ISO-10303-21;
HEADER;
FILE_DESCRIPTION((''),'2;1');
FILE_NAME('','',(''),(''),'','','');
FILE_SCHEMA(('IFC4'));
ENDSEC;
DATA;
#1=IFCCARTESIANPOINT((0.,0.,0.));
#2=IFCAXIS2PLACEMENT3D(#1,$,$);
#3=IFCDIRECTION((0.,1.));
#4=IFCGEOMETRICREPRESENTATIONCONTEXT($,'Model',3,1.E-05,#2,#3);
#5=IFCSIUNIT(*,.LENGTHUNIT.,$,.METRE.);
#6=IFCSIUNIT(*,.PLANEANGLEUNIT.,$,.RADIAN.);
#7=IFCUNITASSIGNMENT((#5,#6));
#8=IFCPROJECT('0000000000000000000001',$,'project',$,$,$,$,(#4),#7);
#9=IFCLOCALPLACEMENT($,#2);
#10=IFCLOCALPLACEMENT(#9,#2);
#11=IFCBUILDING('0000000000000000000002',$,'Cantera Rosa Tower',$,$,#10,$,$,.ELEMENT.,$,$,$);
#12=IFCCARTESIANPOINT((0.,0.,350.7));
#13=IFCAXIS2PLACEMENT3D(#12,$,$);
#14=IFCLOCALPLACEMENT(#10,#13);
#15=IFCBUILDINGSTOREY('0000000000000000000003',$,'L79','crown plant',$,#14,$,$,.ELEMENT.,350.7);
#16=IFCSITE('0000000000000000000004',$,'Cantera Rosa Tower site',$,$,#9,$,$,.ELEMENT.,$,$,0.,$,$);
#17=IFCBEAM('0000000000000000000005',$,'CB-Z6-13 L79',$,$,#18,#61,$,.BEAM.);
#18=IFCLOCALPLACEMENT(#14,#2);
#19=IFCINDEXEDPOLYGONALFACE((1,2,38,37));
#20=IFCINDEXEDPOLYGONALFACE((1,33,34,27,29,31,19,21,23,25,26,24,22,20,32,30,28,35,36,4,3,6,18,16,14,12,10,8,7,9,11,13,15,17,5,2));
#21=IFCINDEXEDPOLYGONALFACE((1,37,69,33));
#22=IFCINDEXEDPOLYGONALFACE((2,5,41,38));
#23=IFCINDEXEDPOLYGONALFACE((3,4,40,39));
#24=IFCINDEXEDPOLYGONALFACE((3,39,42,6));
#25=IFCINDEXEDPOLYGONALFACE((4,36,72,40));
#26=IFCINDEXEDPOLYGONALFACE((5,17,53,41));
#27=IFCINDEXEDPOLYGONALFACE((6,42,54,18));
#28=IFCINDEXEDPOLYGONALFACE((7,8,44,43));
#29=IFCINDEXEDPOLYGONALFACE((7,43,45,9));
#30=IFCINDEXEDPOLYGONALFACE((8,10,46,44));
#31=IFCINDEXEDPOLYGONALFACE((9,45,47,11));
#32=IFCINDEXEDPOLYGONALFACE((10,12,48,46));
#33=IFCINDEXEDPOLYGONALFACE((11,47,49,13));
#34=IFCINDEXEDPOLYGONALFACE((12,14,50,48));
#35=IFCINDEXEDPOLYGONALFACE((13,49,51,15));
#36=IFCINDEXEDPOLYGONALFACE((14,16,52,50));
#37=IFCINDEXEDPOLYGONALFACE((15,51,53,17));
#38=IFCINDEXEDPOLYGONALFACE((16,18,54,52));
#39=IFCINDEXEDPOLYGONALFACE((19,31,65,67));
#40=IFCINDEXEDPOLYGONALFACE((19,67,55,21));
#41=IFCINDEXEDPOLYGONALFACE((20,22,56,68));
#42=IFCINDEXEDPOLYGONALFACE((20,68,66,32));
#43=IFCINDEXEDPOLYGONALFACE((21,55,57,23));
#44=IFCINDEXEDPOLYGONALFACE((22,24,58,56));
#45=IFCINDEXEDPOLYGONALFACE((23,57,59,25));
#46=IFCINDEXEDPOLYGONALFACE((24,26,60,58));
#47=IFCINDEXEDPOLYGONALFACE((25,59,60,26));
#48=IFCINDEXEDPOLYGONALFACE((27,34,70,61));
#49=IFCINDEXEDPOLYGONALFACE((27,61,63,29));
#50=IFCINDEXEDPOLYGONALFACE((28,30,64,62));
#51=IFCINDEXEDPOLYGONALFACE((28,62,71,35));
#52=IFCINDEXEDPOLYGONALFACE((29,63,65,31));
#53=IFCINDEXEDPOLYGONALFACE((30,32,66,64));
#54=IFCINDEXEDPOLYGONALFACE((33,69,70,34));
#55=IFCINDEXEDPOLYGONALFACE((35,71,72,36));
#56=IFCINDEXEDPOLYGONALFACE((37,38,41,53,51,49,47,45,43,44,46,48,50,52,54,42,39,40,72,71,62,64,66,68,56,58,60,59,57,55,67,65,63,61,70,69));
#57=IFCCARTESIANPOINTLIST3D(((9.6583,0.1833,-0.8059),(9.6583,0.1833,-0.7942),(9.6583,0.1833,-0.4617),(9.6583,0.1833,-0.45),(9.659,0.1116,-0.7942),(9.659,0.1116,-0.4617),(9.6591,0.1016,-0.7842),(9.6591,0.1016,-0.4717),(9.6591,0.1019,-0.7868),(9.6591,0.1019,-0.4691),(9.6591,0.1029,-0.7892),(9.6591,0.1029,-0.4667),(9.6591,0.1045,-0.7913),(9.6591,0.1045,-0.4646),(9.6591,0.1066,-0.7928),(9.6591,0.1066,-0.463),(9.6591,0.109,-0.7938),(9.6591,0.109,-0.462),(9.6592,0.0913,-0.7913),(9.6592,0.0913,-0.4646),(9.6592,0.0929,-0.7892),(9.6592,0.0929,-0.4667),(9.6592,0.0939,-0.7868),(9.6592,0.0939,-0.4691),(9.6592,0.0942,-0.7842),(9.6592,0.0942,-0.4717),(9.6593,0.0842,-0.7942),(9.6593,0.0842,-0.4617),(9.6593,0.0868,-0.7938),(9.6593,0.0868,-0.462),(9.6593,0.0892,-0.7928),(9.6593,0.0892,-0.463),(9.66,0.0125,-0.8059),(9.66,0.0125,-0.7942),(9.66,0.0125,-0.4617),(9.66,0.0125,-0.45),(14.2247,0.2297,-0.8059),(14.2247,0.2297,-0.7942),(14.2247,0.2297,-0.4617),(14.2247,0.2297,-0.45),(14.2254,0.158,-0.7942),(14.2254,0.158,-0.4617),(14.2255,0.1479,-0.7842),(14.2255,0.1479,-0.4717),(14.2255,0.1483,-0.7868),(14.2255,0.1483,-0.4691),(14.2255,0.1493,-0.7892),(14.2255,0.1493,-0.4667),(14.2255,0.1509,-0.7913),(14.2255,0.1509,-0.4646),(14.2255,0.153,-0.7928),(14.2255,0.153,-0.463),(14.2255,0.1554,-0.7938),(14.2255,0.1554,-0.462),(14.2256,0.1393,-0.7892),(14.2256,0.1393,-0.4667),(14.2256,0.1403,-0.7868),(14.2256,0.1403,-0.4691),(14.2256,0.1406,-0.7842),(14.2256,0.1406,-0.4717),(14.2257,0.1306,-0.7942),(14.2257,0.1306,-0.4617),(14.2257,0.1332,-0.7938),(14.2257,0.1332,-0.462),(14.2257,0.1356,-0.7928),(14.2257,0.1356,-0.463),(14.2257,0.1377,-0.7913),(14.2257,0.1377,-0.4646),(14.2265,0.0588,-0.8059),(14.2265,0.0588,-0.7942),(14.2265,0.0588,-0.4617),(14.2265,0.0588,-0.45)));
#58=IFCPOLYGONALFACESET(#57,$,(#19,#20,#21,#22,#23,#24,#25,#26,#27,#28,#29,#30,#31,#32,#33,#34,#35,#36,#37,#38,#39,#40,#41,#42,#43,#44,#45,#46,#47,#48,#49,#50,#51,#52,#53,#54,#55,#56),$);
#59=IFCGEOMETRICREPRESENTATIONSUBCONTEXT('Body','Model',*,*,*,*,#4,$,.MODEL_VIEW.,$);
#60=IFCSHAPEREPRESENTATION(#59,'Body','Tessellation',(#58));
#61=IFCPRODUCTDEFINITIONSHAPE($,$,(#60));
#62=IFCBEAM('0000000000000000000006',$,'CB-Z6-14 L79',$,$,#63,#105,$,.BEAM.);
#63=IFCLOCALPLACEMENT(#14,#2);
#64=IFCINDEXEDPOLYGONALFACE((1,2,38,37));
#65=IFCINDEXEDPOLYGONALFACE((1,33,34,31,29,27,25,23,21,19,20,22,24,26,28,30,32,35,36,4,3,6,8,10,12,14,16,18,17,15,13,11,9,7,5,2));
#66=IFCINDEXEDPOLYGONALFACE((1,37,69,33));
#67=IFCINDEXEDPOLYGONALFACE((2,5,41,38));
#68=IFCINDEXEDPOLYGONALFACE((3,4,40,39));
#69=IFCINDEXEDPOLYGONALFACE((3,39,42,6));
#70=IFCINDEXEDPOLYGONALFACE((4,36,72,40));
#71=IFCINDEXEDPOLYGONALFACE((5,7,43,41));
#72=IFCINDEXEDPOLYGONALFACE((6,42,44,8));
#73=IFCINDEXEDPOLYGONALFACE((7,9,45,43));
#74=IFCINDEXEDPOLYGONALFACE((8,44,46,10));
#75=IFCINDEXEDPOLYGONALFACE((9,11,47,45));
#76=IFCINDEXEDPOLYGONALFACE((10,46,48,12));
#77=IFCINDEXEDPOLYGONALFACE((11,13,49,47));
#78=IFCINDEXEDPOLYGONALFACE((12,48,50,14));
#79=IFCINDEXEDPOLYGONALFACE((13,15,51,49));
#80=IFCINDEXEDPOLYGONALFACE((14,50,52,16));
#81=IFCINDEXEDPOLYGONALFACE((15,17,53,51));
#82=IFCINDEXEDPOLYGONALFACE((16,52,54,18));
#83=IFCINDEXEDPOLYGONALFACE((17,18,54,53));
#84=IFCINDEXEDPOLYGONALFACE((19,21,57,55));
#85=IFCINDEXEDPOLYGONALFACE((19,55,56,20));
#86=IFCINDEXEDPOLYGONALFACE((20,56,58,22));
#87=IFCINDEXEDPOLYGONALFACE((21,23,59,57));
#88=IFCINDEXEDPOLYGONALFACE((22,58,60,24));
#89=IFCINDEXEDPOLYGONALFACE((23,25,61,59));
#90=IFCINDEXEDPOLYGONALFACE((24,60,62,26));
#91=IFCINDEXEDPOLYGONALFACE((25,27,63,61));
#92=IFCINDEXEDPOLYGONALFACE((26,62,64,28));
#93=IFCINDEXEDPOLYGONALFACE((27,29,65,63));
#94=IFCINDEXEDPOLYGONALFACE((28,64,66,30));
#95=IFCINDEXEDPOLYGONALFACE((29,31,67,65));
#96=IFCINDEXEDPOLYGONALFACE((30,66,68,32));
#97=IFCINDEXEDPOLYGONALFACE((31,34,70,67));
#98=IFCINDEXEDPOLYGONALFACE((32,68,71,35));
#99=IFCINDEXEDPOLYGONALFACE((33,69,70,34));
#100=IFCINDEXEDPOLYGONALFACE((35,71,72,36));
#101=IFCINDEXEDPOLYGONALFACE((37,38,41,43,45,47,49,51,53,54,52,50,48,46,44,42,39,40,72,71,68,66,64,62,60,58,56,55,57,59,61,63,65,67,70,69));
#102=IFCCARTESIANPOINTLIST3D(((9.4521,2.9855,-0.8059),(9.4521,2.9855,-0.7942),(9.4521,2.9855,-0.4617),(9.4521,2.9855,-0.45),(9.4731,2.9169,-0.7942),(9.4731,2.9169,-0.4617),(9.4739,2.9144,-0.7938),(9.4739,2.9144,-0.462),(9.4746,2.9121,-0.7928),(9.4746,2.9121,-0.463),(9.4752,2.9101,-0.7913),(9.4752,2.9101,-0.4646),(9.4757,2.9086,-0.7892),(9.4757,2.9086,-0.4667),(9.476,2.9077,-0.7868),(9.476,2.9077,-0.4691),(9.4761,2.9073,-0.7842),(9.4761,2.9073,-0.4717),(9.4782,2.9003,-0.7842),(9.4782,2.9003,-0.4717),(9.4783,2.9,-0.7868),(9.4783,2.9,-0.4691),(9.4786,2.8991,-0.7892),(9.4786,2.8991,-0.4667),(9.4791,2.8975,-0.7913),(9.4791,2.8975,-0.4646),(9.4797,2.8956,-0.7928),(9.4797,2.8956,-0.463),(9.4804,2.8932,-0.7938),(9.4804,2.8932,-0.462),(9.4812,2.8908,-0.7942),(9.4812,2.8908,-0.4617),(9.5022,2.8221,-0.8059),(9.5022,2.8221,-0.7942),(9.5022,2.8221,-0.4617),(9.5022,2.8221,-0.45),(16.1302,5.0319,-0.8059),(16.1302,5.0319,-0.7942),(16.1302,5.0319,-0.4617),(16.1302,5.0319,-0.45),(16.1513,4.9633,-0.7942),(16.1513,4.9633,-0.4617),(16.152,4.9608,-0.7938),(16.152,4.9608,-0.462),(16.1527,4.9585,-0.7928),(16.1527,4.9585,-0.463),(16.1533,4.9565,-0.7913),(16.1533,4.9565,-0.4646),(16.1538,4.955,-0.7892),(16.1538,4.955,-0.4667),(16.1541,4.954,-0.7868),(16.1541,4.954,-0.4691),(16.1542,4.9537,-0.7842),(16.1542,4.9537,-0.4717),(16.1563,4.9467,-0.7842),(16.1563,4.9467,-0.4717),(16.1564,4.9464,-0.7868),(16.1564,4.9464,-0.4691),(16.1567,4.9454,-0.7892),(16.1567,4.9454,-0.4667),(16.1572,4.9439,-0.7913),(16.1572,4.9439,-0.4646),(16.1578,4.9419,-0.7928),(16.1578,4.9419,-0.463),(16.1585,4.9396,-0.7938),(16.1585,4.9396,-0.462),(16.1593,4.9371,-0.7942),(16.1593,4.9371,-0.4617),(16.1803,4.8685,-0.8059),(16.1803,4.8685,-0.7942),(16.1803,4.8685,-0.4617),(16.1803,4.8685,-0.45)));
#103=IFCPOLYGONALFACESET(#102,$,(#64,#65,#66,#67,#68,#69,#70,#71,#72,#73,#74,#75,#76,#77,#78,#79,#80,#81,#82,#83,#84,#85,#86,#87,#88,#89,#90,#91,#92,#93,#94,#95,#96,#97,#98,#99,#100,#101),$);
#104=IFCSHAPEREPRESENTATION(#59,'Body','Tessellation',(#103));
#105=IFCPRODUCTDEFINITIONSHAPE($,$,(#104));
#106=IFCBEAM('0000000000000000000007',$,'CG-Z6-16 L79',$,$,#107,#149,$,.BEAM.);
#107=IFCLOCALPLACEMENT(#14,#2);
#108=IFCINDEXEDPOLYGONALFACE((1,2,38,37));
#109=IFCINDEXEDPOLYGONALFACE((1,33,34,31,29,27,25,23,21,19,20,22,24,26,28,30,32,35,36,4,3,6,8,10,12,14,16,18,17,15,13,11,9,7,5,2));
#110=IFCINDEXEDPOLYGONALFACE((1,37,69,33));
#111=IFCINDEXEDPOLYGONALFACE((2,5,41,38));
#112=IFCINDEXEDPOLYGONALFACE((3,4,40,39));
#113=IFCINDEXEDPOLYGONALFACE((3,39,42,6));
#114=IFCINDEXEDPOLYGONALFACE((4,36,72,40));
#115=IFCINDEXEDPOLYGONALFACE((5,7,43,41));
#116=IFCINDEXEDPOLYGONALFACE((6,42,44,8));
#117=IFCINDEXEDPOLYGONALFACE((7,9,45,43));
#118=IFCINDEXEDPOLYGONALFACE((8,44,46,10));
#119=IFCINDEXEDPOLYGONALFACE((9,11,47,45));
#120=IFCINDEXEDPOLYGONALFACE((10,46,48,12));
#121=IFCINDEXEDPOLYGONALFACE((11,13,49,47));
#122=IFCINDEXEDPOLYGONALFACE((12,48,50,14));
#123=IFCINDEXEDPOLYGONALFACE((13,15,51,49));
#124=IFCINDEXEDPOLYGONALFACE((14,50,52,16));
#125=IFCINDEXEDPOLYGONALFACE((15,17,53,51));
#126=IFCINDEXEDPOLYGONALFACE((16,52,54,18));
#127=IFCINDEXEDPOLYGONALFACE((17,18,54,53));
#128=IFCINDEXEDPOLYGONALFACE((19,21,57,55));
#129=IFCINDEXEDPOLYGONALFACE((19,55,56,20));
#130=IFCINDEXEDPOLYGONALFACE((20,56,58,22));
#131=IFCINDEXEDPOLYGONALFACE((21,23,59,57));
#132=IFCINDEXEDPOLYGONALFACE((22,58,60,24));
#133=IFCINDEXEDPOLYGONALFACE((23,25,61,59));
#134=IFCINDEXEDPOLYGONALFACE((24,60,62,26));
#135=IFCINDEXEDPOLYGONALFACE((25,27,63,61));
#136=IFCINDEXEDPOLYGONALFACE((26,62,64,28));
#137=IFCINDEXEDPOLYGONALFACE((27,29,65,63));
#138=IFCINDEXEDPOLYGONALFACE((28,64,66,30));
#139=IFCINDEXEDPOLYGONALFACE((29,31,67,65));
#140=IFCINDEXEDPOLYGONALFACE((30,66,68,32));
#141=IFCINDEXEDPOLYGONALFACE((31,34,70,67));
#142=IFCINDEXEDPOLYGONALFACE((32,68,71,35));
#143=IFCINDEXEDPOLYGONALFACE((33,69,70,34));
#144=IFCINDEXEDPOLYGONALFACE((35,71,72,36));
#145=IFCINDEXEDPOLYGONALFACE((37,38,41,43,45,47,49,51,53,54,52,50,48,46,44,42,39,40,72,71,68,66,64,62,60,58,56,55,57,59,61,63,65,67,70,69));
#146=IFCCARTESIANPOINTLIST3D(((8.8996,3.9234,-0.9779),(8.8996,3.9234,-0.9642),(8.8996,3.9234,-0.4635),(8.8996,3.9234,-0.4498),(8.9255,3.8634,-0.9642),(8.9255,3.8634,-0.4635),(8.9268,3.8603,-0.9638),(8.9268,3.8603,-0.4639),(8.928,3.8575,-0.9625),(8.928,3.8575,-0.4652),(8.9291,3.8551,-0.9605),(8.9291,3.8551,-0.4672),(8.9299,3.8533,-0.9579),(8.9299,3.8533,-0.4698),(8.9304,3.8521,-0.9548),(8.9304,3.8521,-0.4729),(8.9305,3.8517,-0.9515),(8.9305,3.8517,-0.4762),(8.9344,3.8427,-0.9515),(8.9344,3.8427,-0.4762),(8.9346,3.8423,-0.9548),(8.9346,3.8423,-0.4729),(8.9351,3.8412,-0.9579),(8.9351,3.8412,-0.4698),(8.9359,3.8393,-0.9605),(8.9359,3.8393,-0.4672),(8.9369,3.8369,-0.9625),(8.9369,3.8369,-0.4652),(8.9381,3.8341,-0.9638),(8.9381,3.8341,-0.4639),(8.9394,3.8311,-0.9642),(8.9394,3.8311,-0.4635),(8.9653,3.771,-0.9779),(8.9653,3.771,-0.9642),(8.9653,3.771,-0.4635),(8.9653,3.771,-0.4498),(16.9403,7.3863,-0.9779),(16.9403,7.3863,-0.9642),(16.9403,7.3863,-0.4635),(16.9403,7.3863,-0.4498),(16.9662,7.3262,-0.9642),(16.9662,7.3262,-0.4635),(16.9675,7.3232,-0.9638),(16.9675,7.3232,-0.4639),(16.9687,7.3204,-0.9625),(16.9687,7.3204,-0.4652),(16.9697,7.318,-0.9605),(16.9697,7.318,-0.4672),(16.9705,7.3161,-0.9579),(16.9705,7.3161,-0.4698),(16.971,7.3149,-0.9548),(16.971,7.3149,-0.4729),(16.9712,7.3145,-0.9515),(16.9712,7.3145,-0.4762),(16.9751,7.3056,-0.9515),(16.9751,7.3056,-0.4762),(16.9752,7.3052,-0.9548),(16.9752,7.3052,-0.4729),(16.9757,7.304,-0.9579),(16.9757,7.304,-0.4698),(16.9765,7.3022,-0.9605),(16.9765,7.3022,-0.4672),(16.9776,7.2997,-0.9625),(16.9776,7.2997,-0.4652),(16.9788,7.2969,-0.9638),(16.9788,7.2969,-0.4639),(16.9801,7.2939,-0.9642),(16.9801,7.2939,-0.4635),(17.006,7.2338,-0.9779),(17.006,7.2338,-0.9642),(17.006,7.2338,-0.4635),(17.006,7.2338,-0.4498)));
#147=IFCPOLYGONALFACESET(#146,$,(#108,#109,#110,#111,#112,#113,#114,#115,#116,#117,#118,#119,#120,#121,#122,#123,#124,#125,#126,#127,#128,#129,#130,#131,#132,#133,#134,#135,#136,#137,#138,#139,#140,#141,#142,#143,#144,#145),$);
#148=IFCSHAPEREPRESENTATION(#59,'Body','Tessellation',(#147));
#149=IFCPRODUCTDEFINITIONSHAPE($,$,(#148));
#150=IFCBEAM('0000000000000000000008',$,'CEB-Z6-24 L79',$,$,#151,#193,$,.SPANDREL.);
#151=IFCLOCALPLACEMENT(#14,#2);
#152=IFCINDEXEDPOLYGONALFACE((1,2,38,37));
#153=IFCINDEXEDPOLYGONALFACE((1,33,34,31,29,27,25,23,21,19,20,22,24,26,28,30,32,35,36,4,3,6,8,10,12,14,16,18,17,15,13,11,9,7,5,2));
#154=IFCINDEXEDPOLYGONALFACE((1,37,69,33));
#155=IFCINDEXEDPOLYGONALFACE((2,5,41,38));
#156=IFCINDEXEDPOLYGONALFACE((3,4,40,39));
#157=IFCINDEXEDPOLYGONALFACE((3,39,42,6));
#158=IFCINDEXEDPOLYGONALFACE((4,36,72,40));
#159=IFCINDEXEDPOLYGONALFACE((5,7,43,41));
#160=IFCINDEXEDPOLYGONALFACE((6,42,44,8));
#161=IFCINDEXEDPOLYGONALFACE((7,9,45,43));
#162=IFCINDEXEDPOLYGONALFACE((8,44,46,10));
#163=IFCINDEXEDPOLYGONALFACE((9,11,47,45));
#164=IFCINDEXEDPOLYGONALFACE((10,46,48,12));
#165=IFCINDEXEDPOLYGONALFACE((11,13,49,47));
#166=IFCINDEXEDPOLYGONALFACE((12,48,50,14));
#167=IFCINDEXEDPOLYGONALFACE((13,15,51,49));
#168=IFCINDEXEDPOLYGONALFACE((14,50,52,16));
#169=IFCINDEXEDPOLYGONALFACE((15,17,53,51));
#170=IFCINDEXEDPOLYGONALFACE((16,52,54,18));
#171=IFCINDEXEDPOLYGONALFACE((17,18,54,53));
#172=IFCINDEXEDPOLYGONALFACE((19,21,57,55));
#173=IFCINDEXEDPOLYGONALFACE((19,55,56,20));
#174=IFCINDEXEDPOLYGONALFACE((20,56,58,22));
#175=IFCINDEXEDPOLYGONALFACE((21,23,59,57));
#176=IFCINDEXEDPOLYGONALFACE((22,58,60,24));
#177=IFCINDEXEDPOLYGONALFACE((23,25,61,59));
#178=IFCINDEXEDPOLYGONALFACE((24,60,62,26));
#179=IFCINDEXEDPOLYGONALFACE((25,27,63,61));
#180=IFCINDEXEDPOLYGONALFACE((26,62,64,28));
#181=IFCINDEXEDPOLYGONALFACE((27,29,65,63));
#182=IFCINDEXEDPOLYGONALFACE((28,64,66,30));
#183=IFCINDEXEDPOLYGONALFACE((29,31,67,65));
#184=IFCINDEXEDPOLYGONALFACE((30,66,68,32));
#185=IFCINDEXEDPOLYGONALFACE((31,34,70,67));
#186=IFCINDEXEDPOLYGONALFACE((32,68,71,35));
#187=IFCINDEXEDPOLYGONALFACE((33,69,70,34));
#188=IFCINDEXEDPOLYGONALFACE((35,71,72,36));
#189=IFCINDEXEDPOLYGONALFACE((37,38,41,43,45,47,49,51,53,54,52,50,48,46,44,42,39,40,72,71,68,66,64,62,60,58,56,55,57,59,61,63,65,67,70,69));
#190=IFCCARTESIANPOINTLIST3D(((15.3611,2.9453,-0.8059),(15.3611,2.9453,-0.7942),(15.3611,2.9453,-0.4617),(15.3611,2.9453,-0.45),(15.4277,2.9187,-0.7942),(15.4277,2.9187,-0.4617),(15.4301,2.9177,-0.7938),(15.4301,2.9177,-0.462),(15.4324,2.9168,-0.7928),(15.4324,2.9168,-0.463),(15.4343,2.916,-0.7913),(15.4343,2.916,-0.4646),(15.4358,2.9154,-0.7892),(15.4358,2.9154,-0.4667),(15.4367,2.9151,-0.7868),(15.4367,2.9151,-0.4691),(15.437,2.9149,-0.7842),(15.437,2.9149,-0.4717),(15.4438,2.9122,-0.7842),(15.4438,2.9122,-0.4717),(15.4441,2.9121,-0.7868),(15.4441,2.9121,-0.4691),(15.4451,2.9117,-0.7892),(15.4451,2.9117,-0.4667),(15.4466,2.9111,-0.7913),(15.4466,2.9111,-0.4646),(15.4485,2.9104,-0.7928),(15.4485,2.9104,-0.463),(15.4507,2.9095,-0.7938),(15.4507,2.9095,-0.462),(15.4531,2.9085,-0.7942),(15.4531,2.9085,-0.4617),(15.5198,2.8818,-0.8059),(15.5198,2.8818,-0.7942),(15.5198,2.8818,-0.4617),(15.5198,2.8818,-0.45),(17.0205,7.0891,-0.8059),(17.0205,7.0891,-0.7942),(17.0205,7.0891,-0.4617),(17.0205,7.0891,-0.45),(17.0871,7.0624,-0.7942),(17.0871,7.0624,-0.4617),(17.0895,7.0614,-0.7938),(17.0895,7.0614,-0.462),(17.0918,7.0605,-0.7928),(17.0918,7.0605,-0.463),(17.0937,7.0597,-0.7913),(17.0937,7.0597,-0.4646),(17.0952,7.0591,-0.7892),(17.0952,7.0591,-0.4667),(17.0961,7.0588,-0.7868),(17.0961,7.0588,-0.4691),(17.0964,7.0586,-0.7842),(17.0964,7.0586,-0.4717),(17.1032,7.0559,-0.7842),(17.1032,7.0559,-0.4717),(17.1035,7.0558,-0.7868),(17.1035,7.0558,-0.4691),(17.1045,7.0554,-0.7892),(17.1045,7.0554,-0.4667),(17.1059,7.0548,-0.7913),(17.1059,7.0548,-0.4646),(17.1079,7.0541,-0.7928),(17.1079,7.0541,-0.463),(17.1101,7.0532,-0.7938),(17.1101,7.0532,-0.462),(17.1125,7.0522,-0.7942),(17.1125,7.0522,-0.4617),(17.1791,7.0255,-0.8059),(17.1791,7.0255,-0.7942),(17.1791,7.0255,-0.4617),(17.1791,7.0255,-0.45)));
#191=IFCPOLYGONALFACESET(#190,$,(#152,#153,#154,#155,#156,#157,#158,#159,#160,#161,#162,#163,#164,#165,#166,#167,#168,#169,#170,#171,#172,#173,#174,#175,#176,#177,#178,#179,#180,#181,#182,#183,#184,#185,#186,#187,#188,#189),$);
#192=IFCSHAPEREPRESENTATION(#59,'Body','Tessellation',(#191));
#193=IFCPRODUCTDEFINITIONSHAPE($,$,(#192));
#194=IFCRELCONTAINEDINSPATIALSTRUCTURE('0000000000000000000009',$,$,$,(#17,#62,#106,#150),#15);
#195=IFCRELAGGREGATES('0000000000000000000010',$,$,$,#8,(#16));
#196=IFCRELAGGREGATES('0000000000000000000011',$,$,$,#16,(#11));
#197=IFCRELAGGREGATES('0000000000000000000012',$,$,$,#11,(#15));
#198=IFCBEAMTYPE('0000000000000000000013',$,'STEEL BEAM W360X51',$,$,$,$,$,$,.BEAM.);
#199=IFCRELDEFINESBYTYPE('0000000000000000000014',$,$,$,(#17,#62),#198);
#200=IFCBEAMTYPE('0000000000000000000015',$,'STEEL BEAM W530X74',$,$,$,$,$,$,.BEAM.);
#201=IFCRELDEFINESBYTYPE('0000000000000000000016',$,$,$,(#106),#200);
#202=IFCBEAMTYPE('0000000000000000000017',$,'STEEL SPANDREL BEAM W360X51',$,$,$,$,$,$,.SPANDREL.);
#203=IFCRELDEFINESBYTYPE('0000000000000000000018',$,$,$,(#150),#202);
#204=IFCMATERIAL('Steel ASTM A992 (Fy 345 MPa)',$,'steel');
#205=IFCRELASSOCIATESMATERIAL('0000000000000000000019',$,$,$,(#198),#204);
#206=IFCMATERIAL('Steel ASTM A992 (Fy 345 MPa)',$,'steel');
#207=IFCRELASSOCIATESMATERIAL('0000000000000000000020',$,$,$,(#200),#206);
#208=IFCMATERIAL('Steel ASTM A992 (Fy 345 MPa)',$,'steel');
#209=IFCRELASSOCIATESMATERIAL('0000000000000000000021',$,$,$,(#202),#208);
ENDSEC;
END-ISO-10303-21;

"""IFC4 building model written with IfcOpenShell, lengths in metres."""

from ifc_helpers import new_model, si_unit, direction, frame, origin, origin_2d, place, context, subcontext, project, spatial, i_section, extrude, material, material_profile, profile_set, type_object, element, save


model = new_model("IFC4")

# Units and contexts
model_context = context("Model", 3, precision=1e-05, world=origin(), true_north=direction((0.0, 1.0)))
body_context = subcontext(model_context, "Body", "Model", "MODEL_VIEW")
ifc_project = project(units=[si_unit("LENGTHUNIT", "METRE"), si_unit("PLANEANGLEUNIT", "RADIAN")], contexts=[model_context])

# Site, building, storey
site_placement = place(None, origin())
site = spatial("IfcSite", under=ifc_project, at=site_placement, Name="Cantera Rosa Tower site", CompositionType="ELEMENT", RefElevation=0.0)
building_placement = place(site_placement, origin())
building = spatial("IfcBuilding", under=site, at=building_placement, Name="Cantera Rosa Tower", CompositionType="ELEMENT")
storey_placement = place(building_placement, frame((0.0, 0.0, 350.7)))
storey = spatial("IfcBuildingStorey", under=building, at=storey_placement, Name="L79", Description="crown plant", CompositionType="ELEMENT", Elevation=350.7)

# Beams
ifc_material_1 = material(Name="Steel ASTM A992 (Fy 345 MPa)", Category="steel")
ifc_material_profile_1 = material_profile(ifc_material_1, i_section(OverallWidth=0.1709, OverallDepth=0.356, WebThickness=0.0073, FlangeThickness=0.0117, FilletRadius=0.01, at=origin_2d()), Name="W360X51")
ifc_profile_set_1 = profile_set([ifc_material_profile_1], Name="Steel ASTM A992 (Fy 345 MPa)")
beam_type_1 = type_object("IfcBeamType", Name="STEEL BEAM W360X51", PredefinedType="BEAM", material=ifc_profile_set_1)
beam_1_placement = place(storey_placement, frame((14.2256, 0.1443, -0.6279), z_axis=(-0.999948, -0.010158, 0.0), x_axis=(0.010158, -0.999948, 0.0)))
element("IfcBeam", 1, at=beam_1_placement, inside=storey, type_object=beam_type_1, Name="CB-Z6-13 L79", PredefinedType="BEAM", context=body_context, shape_type="SweptSolid", body=[
    extrude(i_section(OverallWidth=0.1709, OverallDepth=0.356, WebThickness=0.0073, FlangeThickness=0.0117, FilletRadius=0.01, at=origin_2d()), origin(), (0.0, 0.0, 1.0), 4.5667),
])
beam_2_placement = place(storey_placement, frame((16.1553, 4.9502, -0.6279), z_axis=(-0.956118, -0.29298, 0.0), x_axis=(0.29298, -0.956118, 0.0)))
element("IfcBeam", 2, at=beam_2_placement, inside=storey, type_object=beam_type_1, Name="CB-Z6-14 L79", PredefinedType="BEAM", context=body_context, shape_type="SweptSolid", body=[
    extrude(i_section(OverallWidth=0.1709, OverallDepth=0.356, WebThickness=0.0073, FlangeThickness=0.0117, FilletRadius=0.01, at=origin_2d()), origin(), (0.0, 0.0, 1.0), 6.9846),
])
ifc_material_2 = material(Name="Steel ASTM A992 (Fy 345 MPa)", Category="steel")
ifc_material_profile_2 = material_profile(ifc_material_2, i_section(OverallWidth=0.166, OverallDepth=0.5281, WebThickness=0.0098, FlangeThickness=0.0137, FilletRadius=0.0127, at=origin_2d()), Name="W530X74")
ifc_profile_set_2 = profile_set([ifc_material_profile_2], Name="Steel ASTM A992 (Fy 345 MPa)")
beam_type_2 = type_object("IfcBeamType", Name="STEEL BEAM W530X74", PredefinedType="BEAM", material=ifc_profile_set_2)
beam_3_placement = place(storey_placement, frame((16.9731, 7.3101, -0.7139), z_axis=(-0.918447, -0.395544, 0.0), x_axis=(0.395544, -0.918447, 0.0)))
element("IfcBeam", 3, at=beam_3_placement, inside=storey, type_object=beam_type_2, Name="CG-Z6-16 L79", PredefinedType="BEAM", context=body_context, shape_type="SweptSolid", body=[
    extrude(i_section(OverallWidth=0.166, OverallDepth=0.5281, WebThickness=0.0098, FlangeThickness=0.0137, FilletRadius=0.0127, at=origin_2d()), origin(), (0.0, 0.0, 1.0), 8.7546),
])
ifc_material_3 = material(Name="Steel ASTM A992 (Fy 345 MPa)", Category="steel")
ifc_material_profile_3 = material_profile(ifc_material_3, i_section(OverallWidth=0.1709, OverallDepth=0.356, WebThickness=0.0073, FlangeThickness=0.0117, FilletRadius=0.01, at=origin_2d()), Name="W360X51")
ifc_profile_set_3 = profile_set([ifc_material_profile_3], Name="Steel ASTM A992 (Fy 345 MPa)")
beam_type_3 = type_object("IfcBeamType", Name="STEEL SPANDREL BEAM W360X51", PredefinedType="SPANDREL", material=ifc_profile_set_3)
beam_4_placement = place(storey_placement, frame((15.4404, 2.9136, -0.6279), z_axis=(0.371758, 0.92833, 0.0), x_axis=(-0.92833, 0.371758, 0.0)))
element("IfcBeam", 4, at=beam_4_placement, inside=storey, type_object=beam_type_3, Name="CEB-Z6-24 L79", PredefinedType="SPANDREL", context=body_context, shape_type="SweptSolid", body=[
    extrude(i_section(OverallWidth=0.1709, OverallDepth=0.356, WebThickness=0.0073, FlangeThickness=0.0117, FilletRadius=0.01, at=origin_2d()), origin(), (0.0, 0.0, 1.0), 4.4636),
])

save(model, "model.ifc")
